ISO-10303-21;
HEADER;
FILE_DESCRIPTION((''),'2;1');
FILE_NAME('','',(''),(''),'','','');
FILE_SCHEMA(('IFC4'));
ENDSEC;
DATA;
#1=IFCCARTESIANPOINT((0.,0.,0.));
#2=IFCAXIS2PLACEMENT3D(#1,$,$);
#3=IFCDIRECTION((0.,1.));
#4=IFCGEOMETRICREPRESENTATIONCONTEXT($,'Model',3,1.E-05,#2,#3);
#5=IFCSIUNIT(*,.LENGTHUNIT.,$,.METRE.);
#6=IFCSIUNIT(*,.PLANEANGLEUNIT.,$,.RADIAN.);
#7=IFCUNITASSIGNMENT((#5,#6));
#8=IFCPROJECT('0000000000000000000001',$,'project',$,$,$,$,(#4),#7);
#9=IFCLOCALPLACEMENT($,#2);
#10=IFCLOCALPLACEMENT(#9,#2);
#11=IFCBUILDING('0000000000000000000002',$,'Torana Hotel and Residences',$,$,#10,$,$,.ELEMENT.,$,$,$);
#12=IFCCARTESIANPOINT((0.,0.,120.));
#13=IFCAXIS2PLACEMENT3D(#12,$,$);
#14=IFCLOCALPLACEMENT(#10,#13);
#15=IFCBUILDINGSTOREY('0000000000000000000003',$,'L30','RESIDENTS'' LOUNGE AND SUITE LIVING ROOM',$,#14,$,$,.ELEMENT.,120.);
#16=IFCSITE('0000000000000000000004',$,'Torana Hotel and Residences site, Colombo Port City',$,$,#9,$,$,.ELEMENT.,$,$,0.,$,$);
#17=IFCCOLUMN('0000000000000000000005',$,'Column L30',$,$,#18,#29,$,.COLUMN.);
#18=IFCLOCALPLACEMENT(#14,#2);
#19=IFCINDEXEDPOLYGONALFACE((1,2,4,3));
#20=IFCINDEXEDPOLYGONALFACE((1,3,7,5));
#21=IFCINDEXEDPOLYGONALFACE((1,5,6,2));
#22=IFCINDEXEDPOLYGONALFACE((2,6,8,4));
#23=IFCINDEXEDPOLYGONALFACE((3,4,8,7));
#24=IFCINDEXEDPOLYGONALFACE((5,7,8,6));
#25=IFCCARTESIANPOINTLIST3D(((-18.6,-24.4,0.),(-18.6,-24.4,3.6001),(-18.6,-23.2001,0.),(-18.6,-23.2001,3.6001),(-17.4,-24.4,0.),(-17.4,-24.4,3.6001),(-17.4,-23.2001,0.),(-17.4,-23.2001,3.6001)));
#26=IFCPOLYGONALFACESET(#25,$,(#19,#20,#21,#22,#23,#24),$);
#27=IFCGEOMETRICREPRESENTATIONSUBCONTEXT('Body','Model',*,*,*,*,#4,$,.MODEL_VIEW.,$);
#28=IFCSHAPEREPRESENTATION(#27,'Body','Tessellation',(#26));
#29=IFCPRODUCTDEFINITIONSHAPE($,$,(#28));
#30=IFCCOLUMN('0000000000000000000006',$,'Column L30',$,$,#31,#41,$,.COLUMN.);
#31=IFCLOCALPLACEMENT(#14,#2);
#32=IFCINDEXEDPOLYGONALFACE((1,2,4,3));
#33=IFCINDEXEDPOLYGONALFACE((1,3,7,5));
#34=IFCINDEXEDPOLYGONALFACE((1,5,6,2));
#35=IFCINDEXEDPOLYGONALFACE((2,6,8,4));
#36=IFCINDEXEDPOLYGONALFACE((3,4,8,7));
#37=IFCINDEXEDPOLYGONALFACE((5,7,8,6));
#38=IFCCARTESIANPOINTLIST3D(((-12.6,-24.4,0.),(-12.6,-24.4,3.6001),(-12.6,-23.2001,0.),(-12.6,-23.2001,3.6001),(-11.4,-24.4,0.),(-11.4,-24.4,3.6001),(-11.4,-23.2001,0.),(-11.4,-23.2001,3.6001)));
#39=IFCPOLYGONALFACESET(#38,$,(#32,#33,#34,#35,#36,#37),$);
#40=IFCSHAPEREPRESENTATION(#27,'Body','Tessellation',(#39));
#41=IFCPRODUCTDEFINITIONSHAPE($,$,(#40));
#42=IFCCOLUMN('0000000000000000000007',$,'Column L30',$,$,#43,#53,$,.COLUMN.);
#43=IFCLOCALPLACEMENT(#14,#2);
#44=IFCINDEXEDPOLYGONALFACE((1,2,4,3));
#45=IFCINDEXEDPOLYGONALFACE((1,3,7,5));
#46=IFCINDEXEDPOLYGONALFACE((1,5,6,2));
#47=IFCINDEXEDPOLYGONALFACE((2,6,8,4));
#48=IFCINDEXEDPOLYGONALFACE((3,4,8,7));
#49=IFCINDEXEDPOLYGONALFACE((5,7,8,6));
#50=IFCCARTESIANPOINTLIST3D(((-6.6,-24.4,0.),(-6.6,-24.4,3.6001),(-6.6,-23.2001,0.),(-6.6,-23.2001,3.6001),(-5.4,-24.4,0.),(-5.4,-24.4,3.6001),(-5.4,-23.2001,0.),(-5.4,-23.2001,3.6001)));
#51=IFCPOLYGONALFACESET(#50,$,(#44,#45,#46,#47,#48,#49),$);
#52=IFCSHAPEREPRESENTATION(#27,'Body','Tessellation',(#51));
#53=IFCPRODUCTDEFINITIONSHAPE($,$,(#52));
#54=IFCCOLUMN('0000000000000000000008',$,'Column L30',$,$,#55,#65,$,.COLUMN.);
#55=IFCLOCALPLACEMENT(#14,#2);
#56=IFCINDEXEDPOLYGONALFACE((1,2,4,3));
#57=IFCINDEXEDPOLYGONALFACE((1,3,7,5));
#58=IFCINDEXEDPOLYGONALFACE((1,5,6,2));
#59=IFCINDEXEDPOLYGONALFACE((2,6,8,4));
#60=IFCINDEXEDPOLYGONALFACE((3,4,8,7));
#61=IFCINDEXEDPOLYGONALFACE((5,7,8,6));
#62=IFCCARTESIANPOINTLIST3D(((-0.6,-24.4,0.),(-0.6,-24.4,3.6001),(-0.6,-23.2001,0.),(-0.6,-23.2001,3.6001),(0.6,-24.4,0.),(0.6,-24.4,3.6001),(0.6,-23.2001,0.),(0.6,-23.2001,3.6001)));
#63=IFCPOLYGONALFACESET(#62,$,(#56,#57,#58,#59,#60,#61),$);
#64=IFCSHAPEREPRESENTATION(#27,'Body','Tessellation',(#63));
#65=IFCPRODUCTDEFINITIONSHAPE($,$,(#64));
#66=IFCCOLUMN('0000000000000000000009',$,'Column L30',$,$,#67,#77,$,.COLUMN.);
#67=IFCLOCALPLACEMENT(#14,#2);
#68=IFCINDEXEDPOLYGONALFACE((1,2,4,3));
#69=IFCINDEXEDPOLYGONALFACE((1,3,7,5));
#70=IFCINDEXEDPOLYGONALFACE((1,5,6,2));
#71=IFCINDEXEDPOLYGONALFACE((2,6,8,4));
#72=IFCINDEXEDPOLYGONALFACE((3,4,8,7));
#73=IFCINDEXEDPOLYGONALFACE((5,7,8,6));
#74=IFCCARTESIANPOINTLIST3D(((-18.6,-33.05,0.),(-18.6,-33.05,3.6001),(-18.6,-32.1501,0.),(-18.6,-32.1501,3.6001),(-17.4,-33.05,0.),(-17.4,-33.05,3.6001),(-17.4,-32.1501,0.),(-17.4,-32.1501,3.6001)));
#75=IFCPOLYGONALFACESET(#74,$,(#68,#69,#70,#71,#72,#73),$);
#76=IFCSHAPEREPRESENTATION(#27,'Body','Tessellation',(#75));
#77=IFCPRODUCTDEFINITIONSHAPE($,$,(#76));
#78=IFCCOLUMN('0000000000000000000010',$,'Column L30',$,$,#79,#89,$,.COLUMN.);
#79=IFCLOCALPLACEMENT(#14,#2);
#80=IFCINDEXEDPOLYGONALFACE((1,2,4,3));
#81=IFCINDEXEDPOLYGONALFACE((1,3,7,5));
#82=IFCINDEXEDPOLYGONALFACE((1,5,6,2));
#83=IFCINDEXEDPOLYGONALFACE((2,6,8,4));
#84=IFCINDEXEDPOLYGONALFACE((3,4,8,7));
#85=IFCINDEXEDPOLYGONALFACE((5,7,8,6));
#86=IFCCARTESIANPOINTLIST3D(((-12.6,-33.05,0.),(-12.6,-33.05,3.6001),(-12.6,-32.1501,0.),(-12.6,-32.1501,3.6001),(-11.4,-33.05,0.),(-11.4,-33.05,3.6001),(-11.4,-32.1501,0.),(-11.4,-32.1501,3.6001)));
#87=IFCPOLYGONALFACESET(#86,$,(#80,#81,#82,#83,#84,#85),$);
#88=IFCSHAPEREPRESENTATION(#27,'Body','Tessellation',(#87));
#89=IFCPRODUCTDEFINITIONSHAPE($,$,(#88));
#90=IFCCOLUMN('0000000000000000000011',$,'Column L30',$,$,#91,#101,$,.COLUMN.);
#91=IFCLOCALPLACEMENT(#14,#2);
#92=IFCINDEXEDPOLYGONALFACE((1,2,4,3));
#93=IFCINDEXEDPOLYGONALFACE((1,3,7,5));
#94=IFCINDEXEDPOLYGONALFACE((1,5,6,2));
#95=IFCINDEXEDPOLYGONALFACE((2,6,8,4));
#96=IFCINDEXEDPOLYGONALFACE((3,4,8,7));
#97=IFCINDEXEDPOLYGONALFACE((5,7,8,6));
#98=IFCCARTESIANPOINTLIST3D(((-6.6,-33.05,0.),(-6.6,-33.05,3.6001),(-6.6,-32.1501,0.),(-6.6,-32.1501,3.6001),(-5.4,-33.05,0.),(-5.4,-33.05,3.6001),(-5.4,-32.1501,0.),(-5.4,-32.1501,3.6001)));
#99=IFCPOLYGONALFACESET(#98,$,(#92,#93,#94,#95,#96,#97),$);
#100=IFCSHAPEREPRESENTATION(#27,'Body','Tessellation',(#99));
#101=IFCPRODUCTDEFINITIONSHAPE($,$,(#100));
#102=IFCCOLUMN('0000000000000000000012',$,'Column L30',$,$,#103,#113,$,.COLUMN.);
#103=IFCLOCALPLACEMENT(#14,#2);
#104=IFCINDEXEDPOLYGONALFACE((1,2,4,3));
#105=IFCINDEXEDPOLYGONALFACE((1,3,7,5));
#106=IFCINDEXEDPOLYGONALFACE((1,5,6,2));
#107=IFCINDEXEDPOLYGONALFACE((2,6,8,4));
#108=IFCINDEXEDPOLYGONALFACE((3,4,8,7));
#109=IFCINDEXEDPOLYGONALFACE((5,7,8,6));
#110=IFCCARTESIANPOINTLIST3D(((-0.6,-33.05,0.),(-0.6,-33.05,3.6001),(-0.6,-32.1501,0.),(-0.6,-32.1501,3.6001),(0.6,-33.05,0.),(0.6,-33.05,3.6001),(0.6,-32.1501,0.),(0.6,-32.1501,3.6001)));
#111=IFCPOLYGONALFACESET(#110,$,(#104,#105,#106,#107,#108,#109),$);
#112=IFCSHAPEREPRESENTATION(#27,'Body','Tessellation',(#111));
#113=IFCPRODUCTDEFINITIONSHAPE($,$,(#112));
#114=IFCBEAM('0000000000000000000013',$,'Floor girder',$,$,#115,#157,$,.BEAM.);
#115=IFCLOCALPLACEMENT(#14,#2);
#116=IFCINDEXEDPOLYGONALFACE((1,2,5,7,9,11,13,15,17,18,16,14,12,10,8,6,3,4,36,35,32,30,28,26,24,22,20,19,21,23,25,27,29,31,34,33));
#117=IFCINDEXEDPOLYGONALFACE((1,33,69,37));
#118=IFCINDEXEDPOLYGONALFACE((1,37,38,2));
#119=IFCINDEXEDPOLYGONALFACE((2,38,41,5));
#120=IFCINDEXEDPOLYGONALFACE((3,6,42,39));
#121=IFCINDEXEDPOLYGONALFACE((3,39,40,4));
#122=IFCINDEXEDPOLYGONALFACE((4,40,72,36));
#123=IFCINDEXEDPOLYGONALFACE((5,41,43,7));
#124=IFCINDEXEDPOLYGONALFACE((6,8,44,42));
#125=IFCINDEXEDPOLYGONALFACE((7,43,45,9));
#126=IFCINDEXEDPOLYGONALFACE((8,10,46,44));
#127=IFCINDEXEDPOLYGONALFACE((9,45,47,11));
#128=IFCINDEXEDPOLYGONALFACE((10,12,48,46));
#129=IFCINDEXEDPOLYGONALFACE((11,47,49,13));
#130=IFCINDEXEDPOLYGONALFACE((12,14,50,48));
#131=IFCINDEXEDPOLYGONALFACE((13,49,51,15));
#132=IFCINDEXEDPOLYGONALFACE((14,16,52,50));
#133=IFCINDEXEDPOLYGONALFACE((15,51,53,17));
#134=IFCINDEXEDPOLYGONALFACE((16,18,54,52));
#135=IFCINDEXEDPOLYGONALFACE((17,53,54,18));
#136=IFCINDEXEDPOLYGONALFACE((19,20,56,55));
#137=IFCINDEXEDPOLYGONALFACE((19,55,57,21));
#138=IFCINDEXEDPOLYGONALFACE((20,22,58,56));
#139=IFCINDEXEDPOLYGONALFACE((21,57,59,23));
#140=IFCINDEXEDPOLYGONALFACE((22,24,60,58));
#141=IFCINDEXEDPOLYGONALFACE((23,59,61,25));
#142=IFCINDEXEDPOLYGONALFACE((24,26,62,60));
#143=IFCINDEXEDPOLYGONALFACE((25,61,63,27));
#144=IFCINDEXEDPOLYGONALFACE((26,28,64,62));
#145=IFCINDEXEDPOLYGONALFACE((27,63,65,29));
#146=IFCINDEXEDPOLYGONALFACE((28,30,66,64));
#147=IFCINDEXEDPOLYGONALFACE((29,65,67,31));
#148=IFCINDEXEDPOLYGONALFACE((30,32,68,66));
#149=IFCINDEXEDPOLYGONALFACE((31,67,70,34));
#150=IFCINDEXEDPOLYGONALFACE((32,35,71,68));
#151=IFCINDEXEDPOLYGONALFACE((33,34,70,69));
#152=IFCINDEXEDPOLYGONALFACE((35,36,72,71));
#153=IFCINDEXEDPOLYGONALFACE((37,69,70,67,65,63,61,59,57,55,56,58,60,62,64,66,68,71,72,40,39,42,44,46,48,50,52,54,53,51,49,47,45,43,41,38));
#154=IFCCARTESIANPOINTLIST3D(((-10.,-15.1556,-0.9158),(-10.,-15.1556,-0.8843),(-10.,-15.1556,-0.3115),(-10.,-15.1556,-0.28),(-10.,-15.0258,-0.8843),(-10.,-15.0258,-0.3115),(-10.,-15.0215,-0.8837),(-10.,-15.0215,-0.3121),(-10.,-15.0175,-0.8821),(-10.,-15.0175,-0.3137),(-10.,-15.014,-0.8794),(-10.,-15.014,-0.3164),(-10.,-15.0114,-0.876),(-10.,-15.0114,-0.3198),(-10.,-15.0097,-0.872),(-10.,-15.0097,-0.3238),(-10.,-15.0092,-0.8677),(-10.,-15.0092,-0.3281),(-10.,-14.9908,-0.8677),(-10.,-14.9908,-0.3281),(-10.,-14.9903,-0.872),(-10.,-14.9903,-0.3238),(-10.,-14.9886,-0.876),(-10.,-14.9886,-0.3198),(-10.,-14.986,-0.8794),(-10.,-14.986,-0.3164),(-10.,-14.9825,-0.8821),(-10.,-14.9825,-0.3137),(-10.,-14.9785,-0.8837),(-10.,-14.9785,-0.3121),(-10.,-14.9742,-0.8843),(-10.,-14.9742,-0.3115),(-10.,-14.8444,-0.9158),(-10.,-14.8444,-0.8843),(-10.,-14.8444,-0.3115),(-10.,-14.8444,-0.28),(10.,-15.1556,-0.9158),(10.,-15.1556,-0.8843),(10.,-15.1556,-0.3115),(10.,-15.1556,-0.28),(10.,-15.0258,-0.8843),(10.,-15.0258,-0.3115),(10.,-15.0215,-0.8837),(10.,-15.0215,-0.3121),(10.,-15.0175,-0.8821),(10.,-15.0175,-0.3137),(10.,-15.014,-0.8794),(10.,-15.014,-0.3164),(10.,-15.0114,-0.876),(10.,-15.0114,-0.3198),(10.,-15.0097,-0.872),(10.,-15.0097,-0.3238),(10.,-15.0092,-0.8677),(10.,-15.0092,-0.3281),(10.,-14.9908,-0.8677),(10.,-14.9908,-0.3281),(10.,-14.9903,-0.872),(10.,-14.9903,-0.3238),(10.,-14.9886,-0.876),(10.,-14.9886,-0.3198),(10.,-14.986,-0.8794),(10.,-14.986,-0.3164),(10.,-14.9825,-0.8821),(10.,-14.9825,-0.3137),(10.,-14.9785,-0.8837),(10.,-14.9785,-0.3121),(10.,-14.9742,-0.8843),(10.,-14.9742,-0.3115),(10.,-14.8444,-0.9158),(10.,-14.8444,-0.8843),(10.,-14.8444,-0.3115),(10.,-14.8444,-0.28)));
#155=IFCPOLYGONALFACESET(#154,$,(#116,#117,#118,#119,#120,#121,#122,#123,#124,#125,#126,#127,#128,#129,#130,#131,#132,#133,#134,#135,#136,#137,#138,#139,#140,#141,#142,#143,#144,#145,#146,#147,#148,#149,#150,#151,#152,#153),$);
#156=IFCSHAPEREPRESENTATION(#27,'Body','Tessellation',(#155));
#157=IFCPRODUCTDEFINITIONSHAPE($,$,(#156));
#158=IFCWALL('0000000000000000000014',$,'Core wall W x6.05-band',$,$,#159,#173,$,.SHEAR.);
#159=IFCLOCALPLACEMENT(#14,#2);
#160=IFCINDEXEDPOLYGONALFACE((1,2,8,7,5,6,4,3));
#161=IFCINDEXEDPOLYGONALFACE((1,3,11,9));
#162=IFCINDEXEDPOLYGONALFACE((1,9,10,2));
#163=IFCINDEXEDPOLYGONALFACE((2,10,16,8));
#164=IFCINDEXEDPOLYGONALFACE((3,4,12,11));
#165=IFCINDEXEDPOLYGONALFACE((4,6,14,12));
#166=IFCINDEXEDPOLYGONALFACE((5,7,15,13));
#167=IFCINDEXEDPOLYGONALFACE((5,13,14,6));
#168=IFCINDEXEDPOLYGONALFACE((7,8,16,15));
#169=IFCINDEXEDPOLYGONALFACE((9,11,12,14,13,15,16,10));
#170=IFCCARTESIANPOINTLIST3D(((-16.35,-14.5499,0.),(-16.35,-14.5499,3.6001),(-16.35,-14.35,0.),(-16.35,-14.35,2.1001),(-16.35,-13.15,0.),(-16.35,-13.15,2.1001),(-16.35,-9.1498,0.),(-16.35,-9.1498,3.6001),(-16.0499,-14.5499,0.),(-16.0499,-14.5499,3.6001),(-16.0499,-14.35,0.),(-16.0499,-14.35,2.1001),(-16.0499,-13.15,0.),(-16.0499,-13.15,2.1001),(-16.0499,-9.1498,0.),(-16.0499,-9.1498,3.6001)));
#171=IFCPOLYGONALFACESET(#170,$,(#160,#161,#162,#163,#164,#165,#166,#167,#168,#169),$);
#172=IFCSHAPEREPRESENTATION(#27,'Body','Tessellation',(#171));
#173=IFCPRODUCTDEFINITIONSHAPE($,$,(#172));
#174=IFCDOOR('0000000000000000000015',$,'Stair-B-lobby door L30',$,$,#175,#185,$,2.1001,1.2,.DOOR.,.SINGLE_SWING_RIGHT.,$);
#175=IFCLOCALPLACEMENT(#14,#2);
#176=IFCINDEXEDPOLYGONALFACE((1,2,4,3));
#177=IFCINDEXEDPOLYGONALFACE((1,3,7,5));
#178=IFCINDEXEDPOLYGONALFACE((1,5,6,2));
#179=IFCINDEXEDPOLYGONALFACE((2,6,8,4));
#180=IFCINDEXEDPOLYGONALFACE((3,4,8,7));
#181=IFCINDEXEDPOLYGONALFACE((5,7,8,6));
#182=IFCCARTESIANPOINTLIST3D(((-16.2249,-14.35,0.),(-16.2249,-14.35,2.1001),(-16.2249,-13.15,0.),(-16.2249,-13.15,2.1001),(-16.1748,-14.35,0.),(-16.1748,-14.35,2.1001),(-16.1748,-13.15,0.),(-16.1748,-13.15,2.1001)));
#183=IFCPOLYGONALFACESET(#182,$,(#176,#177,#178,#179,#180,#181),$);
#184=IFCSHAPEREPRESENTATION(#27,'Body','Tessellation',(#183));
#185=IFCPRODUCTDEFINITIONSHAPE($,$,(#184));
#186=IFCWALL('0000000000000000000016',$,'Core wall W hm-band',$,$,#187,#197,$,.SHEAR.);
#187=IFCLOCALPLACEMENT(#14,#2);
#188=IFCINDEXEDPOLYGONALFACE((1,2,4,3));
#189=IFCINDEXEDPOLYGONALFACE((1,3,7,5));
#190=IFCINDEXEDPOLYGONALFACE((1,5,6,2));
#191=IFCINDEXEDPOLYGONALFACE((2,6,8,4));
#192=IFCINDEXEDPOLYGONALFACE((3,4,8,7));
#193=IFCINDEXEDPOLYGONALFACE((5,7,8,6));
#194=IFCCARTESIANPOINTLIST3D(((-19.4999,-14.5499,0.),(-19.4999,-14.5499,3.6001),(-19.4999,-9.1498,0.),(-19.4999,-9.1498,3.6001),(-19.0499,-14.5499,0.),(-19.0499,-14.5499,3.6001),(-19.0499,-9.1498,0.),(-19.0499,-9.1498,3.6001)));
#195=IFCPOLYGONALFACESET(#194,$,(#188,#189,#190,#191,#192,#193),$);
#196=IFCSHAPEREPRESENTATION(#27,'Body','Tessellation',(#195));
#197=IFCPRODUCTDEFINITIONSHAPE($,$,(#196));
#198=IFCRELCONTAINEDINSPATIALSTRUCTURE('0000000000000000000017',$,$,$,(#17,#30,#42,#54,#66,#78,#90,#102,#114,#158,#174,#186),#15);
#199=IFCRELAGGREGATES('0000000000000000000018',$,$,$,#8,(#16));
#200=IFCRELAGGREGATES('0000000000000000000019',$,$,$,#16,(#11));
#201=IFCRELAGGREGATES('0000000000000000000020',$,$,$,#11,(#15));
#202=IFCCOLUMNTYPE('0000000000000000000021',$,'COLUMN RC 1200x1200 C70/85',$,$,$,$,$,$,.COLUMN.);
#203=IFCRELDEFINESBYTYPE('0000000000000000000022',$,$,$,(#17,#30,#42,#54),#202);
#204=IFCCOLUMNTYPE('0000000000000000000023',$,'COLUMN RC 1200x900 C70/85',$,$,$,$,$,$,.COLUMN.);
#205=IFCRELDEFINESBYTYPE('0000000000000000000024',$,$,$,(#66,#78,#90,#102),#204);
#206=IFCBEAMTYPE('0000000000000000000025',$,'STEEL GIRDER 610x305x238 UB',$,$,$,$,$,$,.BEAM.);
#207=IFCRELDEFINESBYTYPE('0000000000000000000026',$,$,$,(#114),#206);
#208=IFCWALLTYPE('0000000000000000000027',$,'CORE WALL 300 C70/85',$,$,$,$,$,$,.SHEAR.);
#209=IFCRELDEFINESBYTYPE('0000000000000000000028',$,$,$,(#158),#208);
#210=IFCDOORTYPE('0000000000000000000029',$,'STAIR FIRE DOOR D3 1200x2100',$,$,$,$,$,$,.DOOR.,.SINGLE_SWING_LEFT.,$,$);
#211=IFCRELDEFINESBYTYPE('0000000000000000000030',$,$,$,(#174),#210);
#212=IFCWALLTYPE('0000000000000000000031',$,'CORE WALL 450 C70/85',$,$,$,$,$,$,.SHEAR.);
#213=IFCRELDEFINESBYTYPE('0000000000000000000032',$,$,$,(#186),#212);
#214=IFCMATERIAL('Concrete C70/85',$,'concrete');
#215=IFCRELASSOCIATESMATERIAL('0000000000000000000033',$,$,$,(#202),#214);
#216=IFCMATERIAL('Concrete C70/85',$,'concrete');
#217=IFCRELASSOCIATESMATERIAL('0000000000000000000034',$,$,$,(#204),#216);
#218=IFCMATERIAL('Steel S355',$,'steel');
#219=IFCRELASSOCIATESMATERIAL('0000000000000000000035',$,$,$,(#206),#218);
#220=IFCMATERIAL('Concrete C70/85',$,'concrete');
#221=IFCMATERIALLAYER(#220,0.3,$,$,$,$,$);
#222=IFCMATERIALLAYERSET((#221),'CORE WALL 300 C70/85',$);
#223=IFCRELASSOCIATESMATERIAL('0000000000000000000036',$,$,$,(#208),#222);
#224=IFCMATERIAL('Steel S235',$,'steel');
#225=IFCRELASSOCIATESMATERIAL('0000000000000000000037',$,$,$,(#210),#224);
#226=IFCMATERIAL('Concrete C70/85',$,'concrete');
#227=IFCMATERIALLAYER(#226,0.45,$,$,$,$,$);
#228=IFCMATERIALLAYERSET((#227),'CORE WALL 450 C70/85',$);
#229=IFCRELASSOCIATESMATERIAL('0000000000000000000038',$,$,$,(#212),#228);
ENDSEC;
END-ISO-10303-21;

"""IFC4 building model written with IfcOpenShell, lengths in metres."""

from ifc_helpers import new_model, si_unit, direction, frame, frame_2d, origin, origin_2d, place, context, subcontext, project, spatial, rectangle, i_section, extrude, material, layer, layer_set, material_profile, profile_set, type_object, element, fill, save


model = new_model("IFC4")

# Units and contexts
model_context = context("Model", 3, precision=1e-05, world=origin(), true_north=direction((0.0, 1.0)))
body_context = subcontext(model_context, "Body", "Model", "MODEL_VIEW")
ifc_project = project(units=[si_unit("LENGTHUNIT", "METRE"), si_unit("PLANEANGLEUNIT", "RADIAN")], contexts=[model_context])

# Site, building, storey
site_placement = place(None, origin())
site = spatial("IfcSite", under=ifc_project, at=site_placement, Name="Torana Hotel and Residences site, Colombo Port City", CompositionType="ELEMENT", RefElevation=0.0)
building_placement = place(site_placement, origin())
building = spatial("IfcBuilding", under=site, at=building_placement, Name="Torana Hotel and Residences", CompositionType="ELEMENT")
storey_placement = place(building_placement, frame((0.0, 0.0, 120.0)))
storey = spatial("IfcBuildingStorey", under=building, at=storey_placement, Name="L30", Description="RESIDENTS' LOUNGE AND SUITE LIVING ROOM", CompositionType="ELEMENT", Elevation=120.0)

# Columns
ifc_material_1 = material(Name="Concrete C70/85", Category="concrete")
ifc_material_profile_1 = material_profile(ifc_material_1, rectangle(XDim=1.2, YDim=1.2, at=origin_2d()), Name="RC 1200x1200")
ifc_profile_set_1 = profile_set([ifc_material_profile_1], Name="Concrete C70/85")
column_type_1 = type_object("IfcColumnType", Name="COLUMN RC 1200x1200 C70/85", PredefinedType="COLUMN", material=ifc_profile_set_1)
for number, where, z_axis, x_axis, name in (
    (1, (-18.0, -23.8, 0.0), (0.0, 0.0, 1.0), (1.0, 0.0, 0.0), "Column L30"),
    (2, (-12.0, -23.8, 0.0), (0.0, 0.0, 1.0), (1.0, 0.0, 0.0), "Column L30"),
    (3, (-6.0, -23.8, 0.0), (0.0, 0.0, 1.0), (1.0, 0.0, 0.0), "Column L30"),
    (4, (0.0, -23.8, 0.0), (0.0, 0.0, 1.0), (1.0, 0.0, 0.0), "Column L30"),
):
    element("IfcColumn", number, at=place(storey_placement, frame(where, z_axis=z_axis, x_axis=x_axis)), inside=storey, type_object=column_type_1, Name=name, PredefinedType="COLUMN", context=body_context, shape_type="SweptSolid", body=[
        extrude(rectangle(XDim=1.2, YDim=1.2, at=origin_2d()), origin(), (0.0, 0.0, 1.0), 3.6001),
    ])
ifc_material_2 = material(Name="Concrete C70/85", Category="concrete")
ifc_material_profile_2 = material_profile(ifc_material_2, rectangle(XDim=1.2, YDim=0.8999, at=origin_2d()), Name="RC 1200x900")
ifc_profile_set_2 = profile_set([ifc_material_profile_2], Name="Concrete C70/85")
column_type_2 = type_object("IfcColumnType", Name="COLUMN RC 1200x900 C70/85", PredefinedType="COLUMN", material=ifc_profile_set_2)
for number, where, z_axis, x_axis, name in (
    (5, (-18.0, -32.6001, 0.0), (0.0, 0.0, 1.0), (1.0, 0.0, 0.0), "Column L30"),
    (6, (-12.0, -32.6001, 0.0), (0.0, 0.0, 1.0), (1.0, 0.0, 0.0), "Column L30"),
    (7, (-6.0, -32.6001, 0.0), (0.0, 0.0, 1.0), (1.0, 0.0, 0.0), "Column L30"),
    (8, (0.0, -32.6001, 0.0), (0.0, 0.0, 1.0), (1.0, 0.0, 0.0), "Column L30"),
):
    element("IfcColumn", number, at=place(storey_placement, frame(where, z_axis=z_axis, x_axis=x_axis)), inside=storey, type_object=column_type_2, Name=name, PredefinedType="COLUMN", context=body_context, shape_type="SweptSolid", body=[
        extrude(rectangle(XDim=1.2, YDim=0.8999, at=origin_2d()), origin(), (0.0, 0.0, 1.0), 3.6001),
    ])

# Beam
ifc_material_3 = material(Name="Steel S355", Category="steel")
ifc_material_profile_3 = material_profile(ifc_material_3, i_section(OverallWidth=0.3113, OverallDepth=0.6357, WebThickness=0.0183, FlangeThickness=0.0315, FilletRadius=0.0166, at=origin_2d()), Name="610x305x238 UB")
ifc_profile_set_3 = profile_set([ifc_material_profile_3], Name="Steel S355")
beam_type = type_object("IfcBeamType", Name="STEEL GIRDER 610x305x238 UB", PredefinedType="BEAM", material=ifc_profile_set_3)
beam_placement = place(storey_placement, frame((-10.0, -15.0, -0.5979), z_axis=(1.0, 0.0, 0.0), x_axis=(0.0, 1.0, 0.0)))
element("IfcBeam", 9, at=beam_placement, inside=storey, type_object=beam_type, Name="Floor girder", PredefinedType="BEAM", context=body_context, shape_type="SweptSolid", body=[
    extrude(i_section(OverallWidth=0.3113, OverallDepth=0.6357, WebThickness=0.0183, FlangeThickness=0.0315, FilletRadius=0.0166, at=origin_2d()), origin(), (0.0, 0.0, 1.0), 20.0),
])

# Wall, opening, door
ifc_material_4 = material(Name="Concrete C70/85", Category="concrete")
ifc_layer_1 = layer(ifc_material_4, 0.3)
ifc_layer_set_1 = layer_set([ifc_layer_1], Name="CORE WALL 300 C70/85")
wall_type_1 = type_object("IfcWallType", Name="CORE WALL 300 C70/85", PredefinedType="SHEAR", material=ifc_layer_set_1)
wall_1_placement = place(storey_placement, frame((-16.2, -14.55, 0.0), z_axis=(0.0, 0.0, 1.0), x_axis=(0.0, 1.0, 0.0)))
wall_1 = element("IfcWall", 10, at=wall_1_placement, inside=storey, type_object=wall_type_1, Name="Core wall W x6.05-band", PredefinedType="SHEAR", context=body_context, shape_type="SweptSolid", body=[
    extrude(rectangle(XDim=5.4001, YDim=0.3, at=frame_2d((2.7002, 0.0))), origin(), (0.0, 0.0, 1.0), 3.6001),
])
opening_1_placement = place(wall_1_placement, frame((0.2, 0.0, 0.0)))
opening_1 = element("IfcOpeningElement", 11, at=opening_1_placement, cuts=wall_1, PredefinedType="OPENING", context=body_context, shape_type="SweptSolid", body=[
    extrude(rectangle(XDim=1.2, YDim=2.1001, at=frame_2d((0.6001, 1.05))), frame((0.0, 0.1599, 0.0), z_axis=(0.0, -1.0, 0.0), x_axis=(1.0, 0.0, 0.0)), (0.0, 0.0, 1.0), 0.3201),
])
ifc_material_5 = material(Name="Steel S235", Category="steel")
door_type_1 = type_object("IfcDoorType", Name="STAIR FIRE DOOR D3 1200x2100", OperationType="SINGLE_SWING_LEFT", PredefinedType="DOOR", material=ifc_material_5)
door_1_placement = place(opening_1_placement, origin())
door_1 = element("IfcDoor", 12, at=door_1_placement, inside=storey, type_object=door_type_1, Name="Stair-B-lobby door L30", OperationType="SINGLE_SWING_RIGHT", OverallHeight=2.1001, OverallWidth=1.2, PredefinedType="DOOR", context=body_context, shape_type="SweptSolid", body=[
    extrude(rectangle(XDim=1.2, YDim=2.1001, at=frame_2d((0.6001, 1.05))), frame((0.0, 0.0249, 0.0), z_axis=(0.0, -1.0, 0.0), x_axis=(1.0, 0.0, 0.0)), (0.0, 0.0, 1.0), 0.05),
])
fill(opening_1, door_1)

# Wall
ifc_material_6 = material(Name="Concrete C70/85", Category="concrete")
ifc_layer_2 = layer(ifc_material_6, 0.45)
ifc_layer_set_2 = layer_set([ifc_layer_2], Name="CORE WALL 450 C70/85")
wall_type_2 = type_object("IfcWallType", Name="CORE WALL 450 C70/85", PredefinedType="SHEAR", material=ifc_layer_set_2)
wall_2_placement = place(storey_placement, frame((-19.2749, -14.55, 0.0), z_axis=(0.0, 0.0, 1.0), x_axis=(0.0, 1.0, 0.0)))
element("IfcWall", 13, at=wall_2_placement, inside=storey, type_object=wall_type_2, Name="Core wall W hm-band", PredefinedType="SHEAR", context=body_context, shape_type="SweptSolid", body=[
    extrude(rectangle(XDim=5.4001, YDim=0.45, at=frame_2d((2.7002, 0.0))), origin(), (0.0, 0.0, 1.0), 3.6001),
])

save(model, "model.ifc")
